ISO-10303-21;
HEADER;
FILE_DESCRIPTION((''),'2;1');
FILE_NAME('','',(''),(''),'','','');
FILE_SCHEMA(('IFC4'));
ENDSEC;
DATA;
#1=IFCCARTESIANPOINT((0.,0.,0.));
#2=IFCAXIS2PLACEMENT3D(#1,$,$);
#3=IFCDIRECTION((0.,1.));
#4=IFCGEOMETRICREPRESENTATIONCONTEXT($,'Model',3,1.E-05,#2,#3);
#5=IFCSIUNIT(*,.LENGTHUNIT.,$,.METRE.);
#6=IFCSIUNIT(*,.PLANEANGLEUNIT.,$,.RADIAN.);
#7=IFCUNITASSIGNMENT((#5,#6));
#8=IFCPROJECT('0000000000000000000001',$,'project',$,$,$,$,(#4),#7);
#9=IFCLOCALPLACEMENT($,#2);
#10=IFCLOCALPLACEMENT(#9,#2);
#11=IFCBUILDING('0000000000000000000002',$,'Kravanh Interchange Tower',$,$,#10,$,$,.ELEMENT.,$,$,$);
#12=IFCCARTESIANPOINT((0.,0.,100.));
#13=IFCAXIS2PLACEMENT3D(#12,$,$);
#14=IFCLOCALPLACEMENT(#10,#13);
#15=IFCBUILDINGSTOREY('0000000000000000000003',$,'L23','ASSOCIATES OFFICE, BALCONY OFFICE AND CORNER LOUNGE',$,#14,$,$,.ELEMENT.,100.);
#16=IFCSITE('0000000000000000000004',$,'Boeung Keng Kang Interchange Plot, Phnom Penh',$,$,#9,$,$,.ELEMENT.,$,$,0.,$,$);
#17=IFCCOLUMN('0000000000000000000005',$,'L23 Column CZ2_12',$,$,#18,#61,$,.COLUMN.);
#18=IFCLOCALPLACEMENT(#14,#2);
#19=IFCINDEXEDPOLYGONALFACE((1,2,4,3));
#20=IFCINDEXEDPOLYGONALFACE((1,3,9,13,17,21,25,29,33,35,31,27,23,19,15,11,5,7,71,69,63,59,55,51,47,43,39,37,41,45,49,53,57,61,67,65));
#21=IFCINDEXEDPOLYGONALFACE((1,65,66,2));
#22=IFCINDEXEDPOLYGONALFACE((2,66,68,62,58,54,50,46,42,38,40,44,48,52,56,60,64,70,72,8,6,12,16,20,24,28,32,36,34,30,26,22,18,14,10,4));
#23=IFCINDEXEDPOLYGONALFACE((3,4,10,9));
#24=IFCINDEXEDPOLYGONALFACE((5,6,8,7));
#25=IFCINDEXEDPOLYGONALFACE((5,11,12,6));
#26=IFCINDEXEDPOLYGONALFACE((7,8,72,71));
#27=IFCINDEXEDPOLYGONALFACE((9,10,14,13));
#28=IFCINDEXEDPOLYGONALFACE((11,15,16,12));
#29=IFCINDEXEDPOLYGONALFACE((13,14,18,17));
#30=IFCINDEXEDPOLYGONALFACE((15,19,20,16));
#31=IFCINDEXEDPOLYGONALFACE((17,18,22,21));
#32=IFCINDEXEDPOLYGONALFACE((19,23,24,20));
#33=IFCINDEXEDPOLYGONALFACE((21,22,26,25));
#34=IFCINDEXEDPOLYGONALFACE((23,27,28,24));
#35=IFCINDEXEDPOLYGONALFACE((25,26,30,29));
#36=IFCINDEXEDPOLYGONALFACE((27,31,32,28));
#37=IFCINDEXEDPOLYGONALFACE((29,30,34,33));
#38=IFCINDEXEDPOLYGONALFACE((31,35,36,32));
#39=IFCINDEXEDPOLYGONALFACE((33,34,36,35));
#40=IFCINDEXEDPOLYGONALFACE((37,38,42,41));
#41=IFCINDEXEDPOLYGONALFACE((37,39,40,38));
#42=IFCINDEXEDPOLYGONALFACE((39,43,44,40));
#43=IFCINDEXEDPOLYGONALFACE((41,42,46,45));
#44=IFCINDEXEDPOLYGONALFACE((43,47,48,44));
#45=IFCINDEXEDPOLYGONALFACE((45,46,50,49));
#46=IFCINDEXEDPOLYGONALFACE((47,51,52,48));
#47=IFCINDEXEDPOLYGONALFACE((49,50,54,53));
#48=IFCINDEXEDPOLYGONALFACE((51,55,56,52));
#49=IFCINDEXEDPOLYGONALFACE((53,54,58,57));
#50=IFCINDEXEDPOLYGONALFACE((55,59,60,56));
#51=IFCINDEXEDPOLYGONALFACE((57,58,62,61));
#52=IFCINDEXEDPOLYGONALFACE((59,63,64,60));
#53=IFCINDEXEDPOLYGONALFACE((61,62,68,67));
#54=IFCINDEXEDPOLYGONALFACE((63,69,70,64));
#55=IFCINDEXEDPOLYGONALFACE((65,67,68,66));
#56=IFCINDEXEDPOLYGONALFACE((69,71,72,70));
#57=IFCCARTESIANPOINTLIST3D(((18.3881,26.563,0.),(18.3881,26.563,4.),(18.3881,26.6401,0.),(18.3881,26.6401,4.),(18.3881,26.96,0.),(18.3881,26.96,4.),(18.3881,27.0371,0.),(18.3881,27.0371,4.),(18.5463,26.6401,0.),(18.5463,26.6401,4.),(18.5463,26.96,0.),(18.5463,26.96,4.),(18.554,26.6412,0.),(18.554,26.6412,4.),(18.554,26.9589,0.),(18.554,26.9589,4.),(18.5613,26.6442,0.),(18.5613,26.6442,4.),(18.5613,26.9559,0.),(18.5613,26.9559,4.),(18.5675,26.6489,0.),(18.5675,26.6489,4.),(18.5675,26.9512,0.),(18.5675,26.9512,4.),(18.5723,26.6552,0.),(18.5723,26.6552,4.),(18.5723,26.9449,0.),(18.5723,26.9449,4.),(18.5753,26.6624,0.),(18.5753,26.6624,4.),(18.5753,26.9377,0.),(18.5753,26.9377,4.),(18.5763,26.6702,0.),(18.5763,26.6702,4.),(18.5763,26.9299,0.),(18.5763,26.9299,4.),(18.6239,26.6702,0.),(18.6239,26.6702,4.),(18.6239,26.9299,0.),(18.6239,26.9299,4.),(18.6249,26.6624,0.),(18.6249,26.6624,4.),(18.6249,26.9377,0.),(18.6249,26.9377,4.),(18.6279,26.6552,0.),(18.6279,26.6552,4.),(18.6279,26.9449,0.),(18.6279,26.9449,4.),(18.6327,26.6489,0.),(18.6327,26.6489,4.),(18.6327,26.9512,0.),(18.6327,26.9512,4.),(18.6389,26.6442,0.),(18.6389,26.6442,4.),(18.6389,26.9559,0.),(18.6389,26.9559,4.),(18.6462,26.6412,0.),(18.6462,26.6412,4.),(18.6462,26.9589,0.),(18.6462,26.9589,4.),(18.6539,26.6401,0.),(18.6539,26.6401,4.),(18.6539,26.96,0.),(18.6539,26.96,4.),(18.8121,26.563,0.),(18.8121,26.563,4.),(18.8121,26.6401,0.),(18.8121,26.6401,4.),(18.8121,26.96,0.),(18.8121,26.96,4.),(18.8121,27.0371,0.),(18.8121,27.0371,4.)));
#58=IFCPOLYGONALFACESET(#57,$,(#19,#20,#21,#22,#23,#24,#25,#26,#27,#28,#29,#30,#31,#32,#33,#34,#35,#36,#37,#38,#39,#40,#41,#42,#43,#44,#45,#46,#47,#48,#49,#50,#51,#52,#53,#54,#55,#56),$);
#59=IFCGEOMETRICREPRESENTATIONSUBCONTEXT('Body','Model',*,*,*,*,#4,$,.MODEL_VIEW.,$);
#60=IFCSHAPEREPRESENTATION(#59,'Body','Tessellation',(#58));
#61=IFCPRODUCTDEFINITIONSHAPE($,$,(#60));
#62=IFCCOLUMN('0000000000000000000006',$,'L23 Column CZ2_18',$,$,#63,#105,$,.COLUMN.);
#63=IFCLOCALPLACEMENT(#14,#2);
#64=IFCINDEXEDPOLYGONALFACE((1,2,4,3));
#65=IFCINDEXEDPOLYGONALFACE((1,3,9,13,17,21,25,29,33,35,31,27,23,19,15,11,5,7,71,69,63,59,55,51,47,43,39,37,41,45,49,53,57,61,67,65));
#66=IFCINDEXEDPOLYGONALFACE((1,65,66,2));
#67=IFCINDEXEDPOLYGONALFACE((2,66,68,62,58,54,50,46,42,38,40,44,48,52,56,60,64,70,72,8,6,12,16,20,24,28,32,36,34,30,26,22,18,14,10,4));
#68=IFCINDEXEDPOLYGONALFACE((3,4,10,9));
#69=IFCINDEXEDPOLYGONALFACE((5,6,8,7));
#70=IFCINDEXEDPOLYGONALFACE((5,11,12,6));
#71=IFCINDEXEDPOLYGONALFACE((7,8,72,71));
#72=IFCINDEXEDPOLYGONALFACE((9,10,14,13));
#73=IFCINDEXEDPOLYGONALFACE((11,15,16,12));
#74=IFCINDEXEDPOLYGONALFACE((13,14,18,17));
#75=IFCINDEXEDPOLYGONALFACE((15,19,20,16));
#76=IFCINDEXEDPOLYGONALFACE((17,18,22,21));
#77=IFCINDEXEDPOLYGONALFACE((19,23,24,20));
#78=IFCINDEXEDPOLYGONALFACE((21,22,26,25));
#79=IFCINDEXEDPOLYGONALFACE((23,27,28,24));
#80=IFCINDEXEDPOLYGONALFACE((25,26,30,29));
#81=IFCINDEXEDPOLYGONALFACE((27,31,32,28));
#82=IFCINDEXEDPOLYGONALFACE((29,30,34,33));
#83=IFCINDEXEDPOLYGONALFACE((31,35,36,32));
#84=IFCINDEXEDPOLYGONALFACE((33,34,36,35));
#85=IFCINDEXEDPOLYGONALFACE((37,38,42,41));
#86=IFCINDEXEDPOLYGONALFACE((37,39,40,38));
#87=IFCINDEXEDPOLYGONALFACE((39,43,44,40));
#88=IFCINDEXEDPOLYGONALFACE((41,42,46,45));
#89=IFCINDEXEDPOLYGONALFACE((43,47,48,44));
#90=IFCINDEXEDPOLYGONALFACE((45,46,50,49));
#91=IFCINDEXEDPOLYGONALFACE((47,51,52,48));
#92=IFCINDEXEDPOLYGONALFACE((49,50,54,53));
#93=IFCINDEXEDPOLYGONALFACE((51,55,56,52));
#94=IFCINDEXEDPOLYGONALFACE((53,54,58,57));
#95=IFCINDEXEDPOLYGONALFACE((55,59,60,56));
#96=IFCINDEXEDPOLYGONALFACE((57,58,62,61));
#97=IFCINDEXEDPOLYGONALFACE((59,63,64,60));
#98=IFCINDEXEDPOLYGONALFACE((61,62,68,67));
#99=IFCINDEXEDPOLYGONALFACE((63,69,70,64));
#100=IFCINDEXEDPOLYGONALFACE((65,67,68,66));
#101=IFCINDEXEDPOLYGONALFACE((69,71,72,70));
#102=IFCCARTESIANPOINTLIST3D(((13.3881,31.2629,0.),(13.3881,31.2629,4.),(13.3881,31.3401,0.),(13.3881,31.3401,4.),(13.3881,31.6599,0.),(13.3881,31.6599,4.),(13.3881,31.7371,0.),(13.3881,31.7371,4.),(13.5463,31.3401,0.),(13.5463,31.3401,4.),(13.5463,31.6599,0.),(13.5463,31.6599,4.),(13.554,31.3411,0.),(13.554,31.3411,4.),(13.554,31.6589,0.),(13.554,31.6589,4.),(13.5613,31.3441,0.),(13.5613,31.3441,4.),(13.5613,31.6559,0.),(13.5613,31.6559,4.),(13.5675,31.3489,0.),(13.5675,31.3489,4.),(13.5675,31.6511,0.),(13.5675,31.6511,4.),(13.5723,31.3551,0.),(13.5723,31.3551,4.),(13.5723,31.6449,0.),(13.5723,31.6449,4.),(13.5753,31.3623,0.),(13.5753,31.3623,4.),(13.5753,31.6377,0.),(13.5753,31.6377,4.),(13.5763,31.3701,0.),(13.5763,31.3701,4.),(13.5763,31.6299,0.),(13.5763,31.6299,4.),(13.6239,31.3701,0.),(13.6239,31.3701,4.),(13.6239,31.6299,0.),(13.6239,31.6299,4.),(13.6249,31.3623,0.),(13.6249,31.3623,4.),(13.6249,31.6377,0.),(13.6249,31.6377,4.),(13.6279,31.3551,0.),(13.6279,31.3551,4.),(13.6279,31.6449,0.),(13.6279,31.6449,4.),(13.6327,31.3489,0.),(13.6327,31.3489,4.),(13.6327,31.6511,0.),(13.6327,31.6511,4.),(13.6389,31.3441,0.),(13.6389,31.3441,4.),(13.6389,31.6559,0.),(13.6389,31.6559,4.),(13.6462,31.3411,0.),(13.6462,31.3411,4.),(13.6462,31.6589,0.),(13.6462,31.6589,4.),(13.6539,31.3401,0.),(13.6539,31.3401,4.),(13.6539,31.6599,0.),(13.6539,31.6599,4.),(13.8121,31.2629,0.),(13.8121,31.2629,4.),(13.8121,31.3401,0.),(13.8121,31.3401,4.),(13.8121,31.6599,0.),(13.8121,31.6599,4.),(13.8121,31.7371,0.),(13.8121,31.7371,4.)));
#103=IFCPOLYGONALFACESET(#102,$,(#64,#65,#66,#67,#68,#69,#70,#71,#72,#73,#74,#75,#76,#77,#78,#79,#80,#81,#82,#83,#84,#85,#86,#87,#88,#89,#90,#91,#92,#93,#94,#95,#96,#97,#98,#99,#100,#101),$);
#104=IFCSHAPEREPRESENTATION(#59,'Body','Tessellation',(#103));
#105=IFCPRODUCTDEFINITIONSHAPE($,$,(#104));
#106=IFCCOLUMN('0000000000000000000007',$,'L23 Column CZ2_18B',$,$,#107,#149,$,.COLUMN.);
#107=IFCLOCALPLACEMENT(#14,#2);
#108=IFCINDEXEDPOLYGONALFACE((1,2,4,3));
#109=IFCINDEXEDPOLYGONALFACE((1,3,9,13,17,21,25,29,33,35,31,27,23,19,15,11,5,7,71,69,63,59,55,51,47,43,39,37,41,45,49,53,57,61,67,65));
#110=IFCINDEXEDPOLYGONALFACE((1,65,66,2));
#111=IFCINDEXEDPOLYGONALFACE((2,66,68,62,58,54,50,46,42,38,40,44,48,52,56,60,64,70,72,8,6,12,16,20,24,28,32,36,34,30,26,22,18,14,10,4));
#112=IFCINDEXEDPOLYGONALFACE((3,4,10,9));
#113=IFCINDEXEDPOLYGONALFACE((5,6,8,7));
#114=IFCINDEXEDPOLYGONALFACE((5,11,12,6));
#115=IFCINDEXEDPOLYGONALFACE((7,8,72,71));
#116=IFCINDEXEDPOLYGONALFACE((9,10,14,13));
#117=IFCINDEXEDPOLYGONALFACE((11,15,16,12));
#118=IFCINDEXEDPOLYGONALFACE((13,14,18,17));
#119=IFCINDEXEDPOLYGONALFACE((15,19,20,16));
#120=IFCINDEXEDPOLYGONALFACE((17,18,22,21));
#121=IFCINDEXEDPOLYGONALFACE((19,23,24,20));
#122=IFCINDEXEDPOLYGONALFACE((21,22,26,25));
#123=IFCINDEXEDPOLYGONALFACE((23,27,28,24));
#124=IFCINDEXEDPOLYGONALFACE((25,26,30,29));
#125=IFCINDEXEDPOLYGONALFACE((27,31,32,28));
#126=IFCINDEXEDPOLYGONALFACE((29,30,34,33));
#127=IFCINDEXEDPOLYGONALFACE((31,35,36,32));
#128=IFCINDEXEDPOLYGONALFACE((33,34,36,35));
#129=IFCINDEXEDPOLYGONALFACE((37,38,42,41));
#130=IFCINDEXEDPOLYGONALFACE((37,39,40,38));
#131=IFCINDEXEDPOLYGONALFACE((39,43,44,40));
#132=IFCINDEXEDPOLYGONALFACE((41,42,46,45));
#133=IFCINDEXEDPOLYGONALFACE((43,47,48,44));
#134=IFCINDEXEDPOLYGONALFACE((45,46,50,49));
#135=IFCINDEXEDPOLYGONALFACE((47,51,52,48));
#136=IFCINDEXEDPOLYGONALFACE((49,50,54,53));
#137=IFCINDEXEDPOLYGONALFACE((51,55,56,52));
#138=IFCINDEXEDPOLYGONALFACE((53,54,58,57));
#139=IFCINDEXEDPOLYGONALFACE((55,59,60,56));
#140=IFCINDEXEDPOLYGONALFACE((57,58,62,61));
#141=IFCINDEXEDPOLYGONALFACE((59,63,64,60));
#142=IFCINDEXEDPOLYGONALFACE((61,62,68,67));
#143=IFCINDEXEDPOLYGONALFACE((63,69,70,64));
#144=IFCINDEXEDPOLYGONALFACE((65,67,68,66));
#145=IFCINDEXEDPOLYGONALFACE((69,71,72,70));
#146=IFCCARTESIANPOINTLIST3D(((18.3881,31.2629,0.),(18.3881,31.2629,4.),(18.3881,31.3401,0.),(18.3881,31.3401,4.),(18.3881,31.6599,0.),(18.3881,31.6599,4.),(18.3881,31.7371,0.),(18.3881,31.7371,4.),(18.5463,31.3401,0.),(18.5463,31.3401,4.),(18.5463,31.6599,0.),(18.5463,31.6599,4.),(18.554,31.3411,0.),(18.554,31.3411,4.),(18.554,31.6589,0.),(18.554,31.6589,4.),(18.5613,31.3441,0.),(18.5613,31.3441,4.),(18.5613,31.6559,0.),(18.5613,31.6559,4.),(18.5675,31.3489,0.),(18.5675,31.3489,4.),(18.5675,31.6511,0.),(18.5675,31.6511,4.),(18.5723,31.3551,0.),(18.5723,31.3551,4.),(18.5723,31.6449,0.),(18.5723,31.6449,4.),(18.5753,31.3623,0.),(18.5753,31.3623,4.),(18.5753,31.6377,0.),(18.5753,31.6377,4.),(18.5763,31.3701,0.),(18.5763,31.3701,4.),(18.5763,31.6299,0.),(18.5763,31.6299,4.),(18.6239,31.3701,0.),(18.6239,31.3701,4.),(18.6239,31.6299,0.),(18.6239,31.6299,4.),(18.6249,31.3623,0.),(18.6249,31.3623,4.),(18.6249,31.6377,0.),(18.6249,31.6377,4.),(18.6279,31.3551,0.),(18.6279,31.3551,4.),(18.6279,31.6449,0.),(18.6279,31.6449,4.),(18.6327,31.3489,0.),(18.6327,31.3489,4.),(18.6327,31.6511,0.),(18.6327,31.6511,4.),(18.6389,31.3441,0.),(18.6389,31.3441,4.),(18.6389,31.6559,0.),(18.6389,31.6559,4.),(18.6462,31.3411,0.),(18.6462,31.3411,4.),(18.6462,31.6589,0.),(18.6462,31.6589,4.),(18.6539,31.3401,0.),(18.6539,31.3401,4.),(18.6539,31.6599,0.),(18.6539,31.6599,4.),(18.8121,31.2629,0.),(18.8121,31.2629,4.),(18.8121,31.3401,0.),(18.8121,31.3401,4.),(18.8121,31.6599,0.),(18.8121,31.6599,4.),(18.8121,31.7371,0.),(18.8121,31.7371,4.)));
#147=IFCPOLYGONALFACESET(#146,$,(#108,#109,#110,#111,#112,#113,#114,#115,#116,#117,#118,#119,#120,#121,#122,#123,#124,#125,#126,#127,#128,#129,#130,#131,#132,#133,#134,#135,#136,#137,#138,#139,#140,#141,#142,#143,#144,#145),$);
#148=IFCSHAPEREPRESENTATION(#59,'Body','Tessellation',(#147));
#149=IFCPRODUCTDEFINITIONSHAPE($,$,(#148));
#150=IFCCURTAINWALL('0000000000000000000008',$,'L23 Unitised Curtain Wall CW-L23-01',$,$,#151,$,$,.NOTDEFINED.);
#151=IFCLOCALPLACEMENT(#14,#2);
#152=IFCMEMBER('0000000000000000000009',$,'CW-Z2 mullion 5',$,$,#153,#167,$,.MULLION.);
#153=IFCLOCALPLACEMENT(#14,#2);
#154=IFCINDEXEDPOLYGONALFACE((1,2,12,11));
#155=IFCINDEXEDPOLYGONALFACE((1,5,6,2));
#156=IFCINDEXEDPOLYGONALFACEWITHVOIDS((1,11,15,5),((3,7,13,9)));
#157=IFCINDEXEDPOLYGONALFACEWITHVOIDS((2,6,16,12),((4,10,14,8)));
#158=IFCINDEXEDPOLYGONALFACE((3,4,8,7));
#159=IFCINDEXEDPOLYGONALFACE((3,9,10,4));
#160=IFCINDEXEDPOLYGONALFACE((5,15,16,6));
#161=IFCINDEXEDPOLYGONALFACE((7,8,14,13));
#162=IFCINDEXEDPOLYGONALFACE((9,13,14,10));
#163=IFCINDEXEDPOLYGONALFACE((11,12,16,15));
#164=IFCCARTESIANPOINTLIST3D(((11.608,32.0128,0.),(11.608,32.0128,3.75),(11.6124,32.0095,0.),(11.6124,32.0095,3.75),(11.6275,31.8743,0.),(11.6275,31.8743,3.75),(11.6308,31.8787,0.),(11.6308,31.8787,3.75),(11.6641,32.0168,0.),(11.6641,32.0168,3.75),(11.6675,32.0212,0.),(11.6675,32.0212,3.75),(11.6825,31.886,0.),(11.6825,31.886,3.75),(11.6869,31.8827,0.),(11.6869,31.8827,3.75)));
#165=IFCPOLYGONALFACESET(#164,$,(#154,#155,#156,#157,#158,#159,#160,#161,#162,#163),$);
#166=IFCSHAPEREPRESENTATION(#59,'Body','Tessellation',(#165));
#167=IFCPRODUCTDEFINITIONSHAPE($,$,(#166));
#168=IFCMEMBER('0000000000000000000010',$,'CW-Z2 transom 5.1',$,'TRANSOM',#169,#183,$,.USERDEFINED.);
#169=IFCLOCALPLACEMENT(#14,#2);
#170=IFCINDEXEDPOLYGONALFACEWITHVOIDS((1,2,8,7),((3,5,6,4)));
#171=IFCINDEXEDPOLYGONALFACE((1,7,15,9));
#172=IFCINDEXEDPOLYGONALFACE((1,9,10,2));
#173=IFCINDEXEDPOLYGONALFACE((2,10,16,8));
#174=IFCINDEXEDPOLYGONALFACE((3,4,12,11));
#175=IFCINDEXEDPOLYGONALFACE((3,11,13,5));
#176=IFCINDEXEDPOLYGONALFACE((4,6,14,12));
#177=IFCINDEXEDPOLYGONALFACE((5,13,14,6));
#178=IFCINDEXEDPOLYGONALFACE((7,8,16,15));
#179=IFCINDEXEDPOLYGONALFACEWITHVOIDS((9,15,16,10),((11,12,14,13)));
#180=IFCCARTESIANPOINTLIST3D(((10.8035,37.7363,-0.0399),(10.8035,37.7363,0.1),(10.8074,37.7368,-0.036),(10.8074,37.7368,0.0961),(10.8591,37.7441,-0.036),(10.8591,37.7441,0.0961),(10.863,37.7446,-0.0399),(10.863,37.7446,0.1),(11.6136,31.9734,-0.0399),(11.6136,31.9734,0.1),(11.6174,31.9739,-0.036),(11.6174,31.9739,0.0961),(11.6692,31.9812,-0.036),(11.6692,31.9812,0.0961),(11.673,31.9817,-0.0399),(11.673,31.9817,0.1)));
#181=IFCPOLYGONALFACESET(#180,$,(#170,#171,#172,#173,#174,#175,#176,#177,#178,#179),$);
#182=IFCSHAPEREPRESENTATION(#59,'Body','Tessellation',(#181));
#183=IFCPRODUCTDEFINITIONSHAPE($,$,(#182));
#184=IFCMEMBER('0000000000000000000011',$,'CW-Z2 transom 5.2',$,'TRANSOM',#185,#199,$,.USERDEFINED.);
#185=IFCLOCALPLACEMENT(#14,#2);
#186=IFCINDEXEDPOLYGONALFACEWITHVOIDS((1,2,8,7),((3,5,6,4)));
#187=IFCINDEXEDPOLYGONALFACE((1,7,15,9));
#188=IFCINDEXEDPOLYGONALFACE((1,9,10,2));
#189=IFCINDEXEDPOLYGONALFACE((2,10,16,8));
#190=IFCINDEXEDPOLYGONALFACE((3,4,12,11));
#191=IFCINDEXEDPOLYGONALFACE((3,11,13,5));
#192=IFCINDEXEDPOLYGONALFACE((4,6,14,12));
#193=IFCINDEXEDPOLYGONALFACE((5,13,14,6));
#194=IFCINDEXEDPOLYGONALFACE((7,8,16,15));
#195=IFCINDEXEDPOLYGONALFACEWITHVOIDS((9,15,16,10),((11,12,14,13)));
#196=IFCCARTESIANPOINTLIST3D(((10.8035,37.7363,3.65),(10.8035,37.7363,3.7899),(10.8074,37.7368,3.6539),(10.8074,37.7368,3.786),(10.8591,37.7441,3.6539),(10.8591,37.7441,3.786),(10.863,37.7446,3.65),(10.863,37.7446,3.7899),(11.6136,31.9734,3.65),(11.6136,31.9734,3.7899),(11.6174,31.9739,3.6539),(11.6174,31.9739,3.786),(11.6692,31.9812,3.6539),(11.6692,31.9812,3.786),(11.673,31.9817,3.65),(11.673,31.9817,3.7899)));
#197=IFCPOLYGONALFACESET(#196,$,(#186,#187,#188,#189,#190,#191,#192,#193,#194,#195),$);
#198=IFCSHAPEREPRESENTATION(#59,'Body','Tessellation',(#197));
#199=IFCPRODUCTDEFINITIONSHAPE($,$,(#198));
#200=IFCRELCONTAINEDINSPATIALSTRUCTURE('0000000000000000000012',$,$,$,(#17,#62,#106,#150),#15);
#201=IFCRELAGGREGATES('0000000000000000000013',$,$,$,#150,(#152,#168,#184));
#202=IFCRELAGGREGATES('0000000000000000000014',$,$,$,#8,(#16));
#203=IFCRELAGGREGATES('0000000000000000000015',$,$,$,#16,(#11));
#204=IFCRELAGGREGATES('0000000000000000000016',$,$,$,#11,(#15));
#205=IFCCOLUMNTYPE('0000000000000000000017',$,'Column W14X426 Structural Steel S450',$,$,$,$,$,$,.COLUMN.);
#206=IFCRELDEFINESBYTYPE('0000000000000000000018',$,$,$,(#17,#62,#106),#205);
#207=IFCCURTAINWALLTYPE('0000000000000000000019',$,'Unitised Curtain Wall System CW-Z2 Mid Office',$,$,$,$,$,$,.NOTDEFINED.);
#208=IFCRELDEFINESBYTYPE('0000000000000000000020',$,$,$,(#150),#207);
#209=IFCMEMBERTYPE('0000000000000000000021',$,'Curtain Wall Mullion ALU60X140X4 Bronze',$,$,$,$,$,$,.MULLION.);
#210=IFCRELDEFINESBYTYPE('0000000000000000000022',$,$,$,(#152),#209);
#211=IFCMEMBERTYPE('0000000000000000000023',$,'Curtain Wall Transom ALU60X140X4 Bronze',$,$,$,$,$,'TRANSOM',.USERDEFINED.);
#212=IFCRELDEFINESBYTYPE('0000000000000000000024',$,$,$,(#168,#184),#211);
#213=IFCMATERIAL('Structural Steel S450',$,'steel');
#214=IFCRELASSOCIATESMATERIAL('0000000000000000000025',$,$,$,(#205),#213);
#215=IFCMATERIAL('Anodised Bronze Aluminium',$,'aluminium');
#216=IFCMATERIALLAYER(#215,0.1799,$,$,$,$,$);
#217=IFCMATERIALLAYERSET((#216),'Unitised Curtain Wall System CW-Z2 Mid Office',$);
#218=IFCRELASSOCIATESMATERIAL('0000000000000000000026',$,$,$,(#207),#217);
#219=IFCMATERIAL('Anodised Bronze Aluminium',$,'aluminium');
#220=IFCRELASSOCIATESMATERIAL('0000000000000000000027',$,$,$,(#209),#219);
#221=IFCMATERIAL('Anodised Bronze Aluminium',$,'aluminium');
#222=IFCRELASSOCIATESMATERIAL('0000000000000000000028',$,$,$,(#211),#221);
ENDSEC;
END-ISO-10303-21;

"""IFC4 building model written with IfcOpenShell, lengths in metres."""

from ifc_helpers import new_model, si_unit, direction, frame, origin, origin_2d, place, context, subcontext, project, spatial, hollow_rectangle, i_section, extrude, material, layer, layer_set, material_profile, profile_set, type_object, element, aggregate, save


model = new_model("IFC4")

# Units and contexts
model_context = context("Model", 3, precision=1e-05, world=origin(), true_north=direction((0.0, 1.0)))
body_context = subcontext(model_context, "Body", "Model", "MODEL_VIEW")
ifc_project = project(units=[si_unit("LENGTHUNIT", "METRE"), si_unit("PLANEANGLEUNIT", "RADIAN")], contexts=[model_context])

# Site, building, storey
site_placement = place(None, origin())
site = spatial("IfcSite", under=ifc_project, at=site_placement, Name="Boeung Keng Kang Interchange Plot, Phnom Penh", CompositionType="ELEMENT", RefElevation=0.0)
building_placement = place(site_placement, origin())
building = spatial("IfcBuilding", under=site, at=building_placement, Name="Kravanh Interchange Tower", CompositionType="ELEMENT")
storey_placement = place(building_placement, frame((0.0, 0.0, 100.0)))
storey = spatial("IfcBuildingStorey", under=building, at=storey_placement, Name="L23", Description="ASSOCIATES OFFICE, BALCONY OFFICE AND CORNER LOUNGE", CompositionType="ELEMENT", Elevation=100.0)

# Columns
ifc_material_1 = material(Name="Structural Steel S450", Category="steel")
ifc_material_profile_1 = material_profile(ifc_material_1, i_section(OverallWidth=0.4241, OverallDepth=0.4741, WebThickness=0.0476, FlangeThickness=0.0771, FilletRadius=0.03, at=origin_2d()), Name="W14X426")
ifc_profile_set_1 = profile_set([ifc_material_profile_1], Name="Structural Steel S450")
column_type = type_object("IfcColumnType", Name="Column W14X426 Structural Steel S450", PredefinedType="COLUMN", material=ifc_profile_set_1)
for number, where, z_axis, x_axis, name in (
    (1, (18.6001, 26.8, 0.0), (0.0, 0.0, 1.0), (1.0, 0.0, 0.0), "L23 Column CZ2_12"),
    (2, (13.6001, 31.5, 0.0), (0.0, 0.0, 1.0), (1.0, 0.0, 0.0), "L23 Column CZ2_18"),
    (3, (18.6001, 31.5, 0.0), (0.0, 0.0, 1.0), (1.0, 0.0, 0.0), "L23 Column CZ2_18B"),
):
    element("IfcColumn", number, at=place(storey_placement, frame(where, z_axis=z_axis, x_axis=x_axis)), inside=storey, type_object=column_type, Name=name, PredefinedType="COLUMN", context=body_context, shape_type="SweptSolid", body=[
        extrude(i_section(OverallWidth=0.4241, OverallDepth=0.4741, WebThickness=0.0476, FlangeThickness=0.0771, FilletRadius=0.03, at=origin_2d()), origin(), (0.0, 0.0, 1.0), 4.0),
    ])

# Curtain wall, members
ifc_material_2 = material(Name="Anodised Bronze Aluminium", Category="aluminium")
ifc_layer_1 = layer(ifc_material_2, 0.1799)
ifc_layer_set_1 = layer_set([ifc_layer_1], Name="Unitised Curtain Wall System CW-Z2 Mid Office")
curtain_wall_type = type_object("IfcCurtainWallType", Name="Unitised Curtain Wall System CW-Z2 Mid Office", PredefinedType="NOTDEFINED", material=ifc_layer_set_1)
curtain_wall_placement = place(storey_placement, origin())
curtain_wall = element("IfcCurtainWall", 4, at=curtain_wall_placement, inside=storey, type_object=curtain_wall_type, Name="L23 Unitised Curtain Wall CW-L23-01", PredefinedType="NOTDEFINED")
ifc_material_3 = material(Name="Anodised Bronze Aluminium", Category="aluminium")
ifc_material_profile_2 = material_profile(ifc_material_3, hollow_rectangle(XDim=0.0601, YDim=0.1399, WallThickness=0.0039, at=origin_2d()), Name="ALU60X140X4")
ifc_profile_set_2 = profile_set([ifc_material_profile_2], Name="Anodised Bronze Aluminium")
member_type_1 = type_object("IfcMemberType", Name="Curtain Wall Mullion ALU60X140X4 Bronze", PredefinedType="MULLION", material=ifc_profile_set_2)
member_1_placement = place(storey_placement, frame((11.6475, 31.9478, 0.0), z_axis=(0.0, 0.0, 1.0), x_axis=(-0.990268, -0.139173, 0.0)))
member_1 = element("IfcMember", 5, at=member_1_placement, type_object=member_type_1, Name="CW-Z2 mullion 5", PredefinedType="MULLION", context=body_context, shape_type="SweptSolid", body=[
    extrude(hollow_rectangle(XDim=0.0601, YDim=0.1399, WallThickness=0.0039, at=origin_2d()), origin(), (0.0, 0.0, 1.0), 3.75),
])
ifc_material_4 = material(Name="Anodised Bronze Aluminium", Category="aluminium")
ifc_material_profile_3 = material_profile(ifc_material_4, hollow_rectangle(XDim=0.0601, YDim=0.1399, WallThickness=0.0039, at=origin_2d()), Name="ALU60X140X4")
ifc_profile_set_3 = profile_set([ifc_material_profile_3], Name="Anodised Bronze Aluminium")
member_type_2 = type_object("IfcMemberType", Name="Curtain Wall Transom ALU60X140X4 Bronze", ElementType="TRANSOM", PredefinedType="USERDEFINED", material=ifc_profile_set_3)
member_2_placement = place(storey_placement, frame((11.6433, 31.9775, 0.03), z_axis=(-0.139195, 0.990265, 0.0), x_axis=(-0.990265, -0.139195, 0.0)))
member_2 = element("IfcMember", 6, at=member_2_placement, type_object=member_type_2, Name="CW-Z2 transom 5.1", ObjectType="TRANSOM", PredefinedType="USERDEFINED", context=body_context, shape_type="SweptSolid", body=[
    extrude(hollow_rectangle(XDim=0.0601, YDim=0.1399, WallThickness=0.0039, at=origin_2d()), origin(), (0.0, 0.0, 1.0), 5.8196),
])
member_3_placement = place(storey_placement, frame((11.6433, 31.9775, 3.72), z_axis=(-0.139195, 0.990265, 0.0), x_axis=(-0.990265, -0.139195, 0.0)))
member_3 = element("IfcMember", 7, at=member_3_placement, type_object=member_type_2, Name="CW-Z2 transom 5.2", ObjectType="TRANSOM", PredefinedType="USERDEFINED", context=body_context, shape_type="SweptSolid", body=[
    extrude(hollow_rectangle(XDim=0.0601, YDim=0.1399, WallThickness=0.0039, at=origin_2d()), origin(), (0.0, 0.0, 1.0), 5.8196),
])

aggregate(curtain_wall, [member_1, member_2, member_3])

save(model, "model.ifc")
